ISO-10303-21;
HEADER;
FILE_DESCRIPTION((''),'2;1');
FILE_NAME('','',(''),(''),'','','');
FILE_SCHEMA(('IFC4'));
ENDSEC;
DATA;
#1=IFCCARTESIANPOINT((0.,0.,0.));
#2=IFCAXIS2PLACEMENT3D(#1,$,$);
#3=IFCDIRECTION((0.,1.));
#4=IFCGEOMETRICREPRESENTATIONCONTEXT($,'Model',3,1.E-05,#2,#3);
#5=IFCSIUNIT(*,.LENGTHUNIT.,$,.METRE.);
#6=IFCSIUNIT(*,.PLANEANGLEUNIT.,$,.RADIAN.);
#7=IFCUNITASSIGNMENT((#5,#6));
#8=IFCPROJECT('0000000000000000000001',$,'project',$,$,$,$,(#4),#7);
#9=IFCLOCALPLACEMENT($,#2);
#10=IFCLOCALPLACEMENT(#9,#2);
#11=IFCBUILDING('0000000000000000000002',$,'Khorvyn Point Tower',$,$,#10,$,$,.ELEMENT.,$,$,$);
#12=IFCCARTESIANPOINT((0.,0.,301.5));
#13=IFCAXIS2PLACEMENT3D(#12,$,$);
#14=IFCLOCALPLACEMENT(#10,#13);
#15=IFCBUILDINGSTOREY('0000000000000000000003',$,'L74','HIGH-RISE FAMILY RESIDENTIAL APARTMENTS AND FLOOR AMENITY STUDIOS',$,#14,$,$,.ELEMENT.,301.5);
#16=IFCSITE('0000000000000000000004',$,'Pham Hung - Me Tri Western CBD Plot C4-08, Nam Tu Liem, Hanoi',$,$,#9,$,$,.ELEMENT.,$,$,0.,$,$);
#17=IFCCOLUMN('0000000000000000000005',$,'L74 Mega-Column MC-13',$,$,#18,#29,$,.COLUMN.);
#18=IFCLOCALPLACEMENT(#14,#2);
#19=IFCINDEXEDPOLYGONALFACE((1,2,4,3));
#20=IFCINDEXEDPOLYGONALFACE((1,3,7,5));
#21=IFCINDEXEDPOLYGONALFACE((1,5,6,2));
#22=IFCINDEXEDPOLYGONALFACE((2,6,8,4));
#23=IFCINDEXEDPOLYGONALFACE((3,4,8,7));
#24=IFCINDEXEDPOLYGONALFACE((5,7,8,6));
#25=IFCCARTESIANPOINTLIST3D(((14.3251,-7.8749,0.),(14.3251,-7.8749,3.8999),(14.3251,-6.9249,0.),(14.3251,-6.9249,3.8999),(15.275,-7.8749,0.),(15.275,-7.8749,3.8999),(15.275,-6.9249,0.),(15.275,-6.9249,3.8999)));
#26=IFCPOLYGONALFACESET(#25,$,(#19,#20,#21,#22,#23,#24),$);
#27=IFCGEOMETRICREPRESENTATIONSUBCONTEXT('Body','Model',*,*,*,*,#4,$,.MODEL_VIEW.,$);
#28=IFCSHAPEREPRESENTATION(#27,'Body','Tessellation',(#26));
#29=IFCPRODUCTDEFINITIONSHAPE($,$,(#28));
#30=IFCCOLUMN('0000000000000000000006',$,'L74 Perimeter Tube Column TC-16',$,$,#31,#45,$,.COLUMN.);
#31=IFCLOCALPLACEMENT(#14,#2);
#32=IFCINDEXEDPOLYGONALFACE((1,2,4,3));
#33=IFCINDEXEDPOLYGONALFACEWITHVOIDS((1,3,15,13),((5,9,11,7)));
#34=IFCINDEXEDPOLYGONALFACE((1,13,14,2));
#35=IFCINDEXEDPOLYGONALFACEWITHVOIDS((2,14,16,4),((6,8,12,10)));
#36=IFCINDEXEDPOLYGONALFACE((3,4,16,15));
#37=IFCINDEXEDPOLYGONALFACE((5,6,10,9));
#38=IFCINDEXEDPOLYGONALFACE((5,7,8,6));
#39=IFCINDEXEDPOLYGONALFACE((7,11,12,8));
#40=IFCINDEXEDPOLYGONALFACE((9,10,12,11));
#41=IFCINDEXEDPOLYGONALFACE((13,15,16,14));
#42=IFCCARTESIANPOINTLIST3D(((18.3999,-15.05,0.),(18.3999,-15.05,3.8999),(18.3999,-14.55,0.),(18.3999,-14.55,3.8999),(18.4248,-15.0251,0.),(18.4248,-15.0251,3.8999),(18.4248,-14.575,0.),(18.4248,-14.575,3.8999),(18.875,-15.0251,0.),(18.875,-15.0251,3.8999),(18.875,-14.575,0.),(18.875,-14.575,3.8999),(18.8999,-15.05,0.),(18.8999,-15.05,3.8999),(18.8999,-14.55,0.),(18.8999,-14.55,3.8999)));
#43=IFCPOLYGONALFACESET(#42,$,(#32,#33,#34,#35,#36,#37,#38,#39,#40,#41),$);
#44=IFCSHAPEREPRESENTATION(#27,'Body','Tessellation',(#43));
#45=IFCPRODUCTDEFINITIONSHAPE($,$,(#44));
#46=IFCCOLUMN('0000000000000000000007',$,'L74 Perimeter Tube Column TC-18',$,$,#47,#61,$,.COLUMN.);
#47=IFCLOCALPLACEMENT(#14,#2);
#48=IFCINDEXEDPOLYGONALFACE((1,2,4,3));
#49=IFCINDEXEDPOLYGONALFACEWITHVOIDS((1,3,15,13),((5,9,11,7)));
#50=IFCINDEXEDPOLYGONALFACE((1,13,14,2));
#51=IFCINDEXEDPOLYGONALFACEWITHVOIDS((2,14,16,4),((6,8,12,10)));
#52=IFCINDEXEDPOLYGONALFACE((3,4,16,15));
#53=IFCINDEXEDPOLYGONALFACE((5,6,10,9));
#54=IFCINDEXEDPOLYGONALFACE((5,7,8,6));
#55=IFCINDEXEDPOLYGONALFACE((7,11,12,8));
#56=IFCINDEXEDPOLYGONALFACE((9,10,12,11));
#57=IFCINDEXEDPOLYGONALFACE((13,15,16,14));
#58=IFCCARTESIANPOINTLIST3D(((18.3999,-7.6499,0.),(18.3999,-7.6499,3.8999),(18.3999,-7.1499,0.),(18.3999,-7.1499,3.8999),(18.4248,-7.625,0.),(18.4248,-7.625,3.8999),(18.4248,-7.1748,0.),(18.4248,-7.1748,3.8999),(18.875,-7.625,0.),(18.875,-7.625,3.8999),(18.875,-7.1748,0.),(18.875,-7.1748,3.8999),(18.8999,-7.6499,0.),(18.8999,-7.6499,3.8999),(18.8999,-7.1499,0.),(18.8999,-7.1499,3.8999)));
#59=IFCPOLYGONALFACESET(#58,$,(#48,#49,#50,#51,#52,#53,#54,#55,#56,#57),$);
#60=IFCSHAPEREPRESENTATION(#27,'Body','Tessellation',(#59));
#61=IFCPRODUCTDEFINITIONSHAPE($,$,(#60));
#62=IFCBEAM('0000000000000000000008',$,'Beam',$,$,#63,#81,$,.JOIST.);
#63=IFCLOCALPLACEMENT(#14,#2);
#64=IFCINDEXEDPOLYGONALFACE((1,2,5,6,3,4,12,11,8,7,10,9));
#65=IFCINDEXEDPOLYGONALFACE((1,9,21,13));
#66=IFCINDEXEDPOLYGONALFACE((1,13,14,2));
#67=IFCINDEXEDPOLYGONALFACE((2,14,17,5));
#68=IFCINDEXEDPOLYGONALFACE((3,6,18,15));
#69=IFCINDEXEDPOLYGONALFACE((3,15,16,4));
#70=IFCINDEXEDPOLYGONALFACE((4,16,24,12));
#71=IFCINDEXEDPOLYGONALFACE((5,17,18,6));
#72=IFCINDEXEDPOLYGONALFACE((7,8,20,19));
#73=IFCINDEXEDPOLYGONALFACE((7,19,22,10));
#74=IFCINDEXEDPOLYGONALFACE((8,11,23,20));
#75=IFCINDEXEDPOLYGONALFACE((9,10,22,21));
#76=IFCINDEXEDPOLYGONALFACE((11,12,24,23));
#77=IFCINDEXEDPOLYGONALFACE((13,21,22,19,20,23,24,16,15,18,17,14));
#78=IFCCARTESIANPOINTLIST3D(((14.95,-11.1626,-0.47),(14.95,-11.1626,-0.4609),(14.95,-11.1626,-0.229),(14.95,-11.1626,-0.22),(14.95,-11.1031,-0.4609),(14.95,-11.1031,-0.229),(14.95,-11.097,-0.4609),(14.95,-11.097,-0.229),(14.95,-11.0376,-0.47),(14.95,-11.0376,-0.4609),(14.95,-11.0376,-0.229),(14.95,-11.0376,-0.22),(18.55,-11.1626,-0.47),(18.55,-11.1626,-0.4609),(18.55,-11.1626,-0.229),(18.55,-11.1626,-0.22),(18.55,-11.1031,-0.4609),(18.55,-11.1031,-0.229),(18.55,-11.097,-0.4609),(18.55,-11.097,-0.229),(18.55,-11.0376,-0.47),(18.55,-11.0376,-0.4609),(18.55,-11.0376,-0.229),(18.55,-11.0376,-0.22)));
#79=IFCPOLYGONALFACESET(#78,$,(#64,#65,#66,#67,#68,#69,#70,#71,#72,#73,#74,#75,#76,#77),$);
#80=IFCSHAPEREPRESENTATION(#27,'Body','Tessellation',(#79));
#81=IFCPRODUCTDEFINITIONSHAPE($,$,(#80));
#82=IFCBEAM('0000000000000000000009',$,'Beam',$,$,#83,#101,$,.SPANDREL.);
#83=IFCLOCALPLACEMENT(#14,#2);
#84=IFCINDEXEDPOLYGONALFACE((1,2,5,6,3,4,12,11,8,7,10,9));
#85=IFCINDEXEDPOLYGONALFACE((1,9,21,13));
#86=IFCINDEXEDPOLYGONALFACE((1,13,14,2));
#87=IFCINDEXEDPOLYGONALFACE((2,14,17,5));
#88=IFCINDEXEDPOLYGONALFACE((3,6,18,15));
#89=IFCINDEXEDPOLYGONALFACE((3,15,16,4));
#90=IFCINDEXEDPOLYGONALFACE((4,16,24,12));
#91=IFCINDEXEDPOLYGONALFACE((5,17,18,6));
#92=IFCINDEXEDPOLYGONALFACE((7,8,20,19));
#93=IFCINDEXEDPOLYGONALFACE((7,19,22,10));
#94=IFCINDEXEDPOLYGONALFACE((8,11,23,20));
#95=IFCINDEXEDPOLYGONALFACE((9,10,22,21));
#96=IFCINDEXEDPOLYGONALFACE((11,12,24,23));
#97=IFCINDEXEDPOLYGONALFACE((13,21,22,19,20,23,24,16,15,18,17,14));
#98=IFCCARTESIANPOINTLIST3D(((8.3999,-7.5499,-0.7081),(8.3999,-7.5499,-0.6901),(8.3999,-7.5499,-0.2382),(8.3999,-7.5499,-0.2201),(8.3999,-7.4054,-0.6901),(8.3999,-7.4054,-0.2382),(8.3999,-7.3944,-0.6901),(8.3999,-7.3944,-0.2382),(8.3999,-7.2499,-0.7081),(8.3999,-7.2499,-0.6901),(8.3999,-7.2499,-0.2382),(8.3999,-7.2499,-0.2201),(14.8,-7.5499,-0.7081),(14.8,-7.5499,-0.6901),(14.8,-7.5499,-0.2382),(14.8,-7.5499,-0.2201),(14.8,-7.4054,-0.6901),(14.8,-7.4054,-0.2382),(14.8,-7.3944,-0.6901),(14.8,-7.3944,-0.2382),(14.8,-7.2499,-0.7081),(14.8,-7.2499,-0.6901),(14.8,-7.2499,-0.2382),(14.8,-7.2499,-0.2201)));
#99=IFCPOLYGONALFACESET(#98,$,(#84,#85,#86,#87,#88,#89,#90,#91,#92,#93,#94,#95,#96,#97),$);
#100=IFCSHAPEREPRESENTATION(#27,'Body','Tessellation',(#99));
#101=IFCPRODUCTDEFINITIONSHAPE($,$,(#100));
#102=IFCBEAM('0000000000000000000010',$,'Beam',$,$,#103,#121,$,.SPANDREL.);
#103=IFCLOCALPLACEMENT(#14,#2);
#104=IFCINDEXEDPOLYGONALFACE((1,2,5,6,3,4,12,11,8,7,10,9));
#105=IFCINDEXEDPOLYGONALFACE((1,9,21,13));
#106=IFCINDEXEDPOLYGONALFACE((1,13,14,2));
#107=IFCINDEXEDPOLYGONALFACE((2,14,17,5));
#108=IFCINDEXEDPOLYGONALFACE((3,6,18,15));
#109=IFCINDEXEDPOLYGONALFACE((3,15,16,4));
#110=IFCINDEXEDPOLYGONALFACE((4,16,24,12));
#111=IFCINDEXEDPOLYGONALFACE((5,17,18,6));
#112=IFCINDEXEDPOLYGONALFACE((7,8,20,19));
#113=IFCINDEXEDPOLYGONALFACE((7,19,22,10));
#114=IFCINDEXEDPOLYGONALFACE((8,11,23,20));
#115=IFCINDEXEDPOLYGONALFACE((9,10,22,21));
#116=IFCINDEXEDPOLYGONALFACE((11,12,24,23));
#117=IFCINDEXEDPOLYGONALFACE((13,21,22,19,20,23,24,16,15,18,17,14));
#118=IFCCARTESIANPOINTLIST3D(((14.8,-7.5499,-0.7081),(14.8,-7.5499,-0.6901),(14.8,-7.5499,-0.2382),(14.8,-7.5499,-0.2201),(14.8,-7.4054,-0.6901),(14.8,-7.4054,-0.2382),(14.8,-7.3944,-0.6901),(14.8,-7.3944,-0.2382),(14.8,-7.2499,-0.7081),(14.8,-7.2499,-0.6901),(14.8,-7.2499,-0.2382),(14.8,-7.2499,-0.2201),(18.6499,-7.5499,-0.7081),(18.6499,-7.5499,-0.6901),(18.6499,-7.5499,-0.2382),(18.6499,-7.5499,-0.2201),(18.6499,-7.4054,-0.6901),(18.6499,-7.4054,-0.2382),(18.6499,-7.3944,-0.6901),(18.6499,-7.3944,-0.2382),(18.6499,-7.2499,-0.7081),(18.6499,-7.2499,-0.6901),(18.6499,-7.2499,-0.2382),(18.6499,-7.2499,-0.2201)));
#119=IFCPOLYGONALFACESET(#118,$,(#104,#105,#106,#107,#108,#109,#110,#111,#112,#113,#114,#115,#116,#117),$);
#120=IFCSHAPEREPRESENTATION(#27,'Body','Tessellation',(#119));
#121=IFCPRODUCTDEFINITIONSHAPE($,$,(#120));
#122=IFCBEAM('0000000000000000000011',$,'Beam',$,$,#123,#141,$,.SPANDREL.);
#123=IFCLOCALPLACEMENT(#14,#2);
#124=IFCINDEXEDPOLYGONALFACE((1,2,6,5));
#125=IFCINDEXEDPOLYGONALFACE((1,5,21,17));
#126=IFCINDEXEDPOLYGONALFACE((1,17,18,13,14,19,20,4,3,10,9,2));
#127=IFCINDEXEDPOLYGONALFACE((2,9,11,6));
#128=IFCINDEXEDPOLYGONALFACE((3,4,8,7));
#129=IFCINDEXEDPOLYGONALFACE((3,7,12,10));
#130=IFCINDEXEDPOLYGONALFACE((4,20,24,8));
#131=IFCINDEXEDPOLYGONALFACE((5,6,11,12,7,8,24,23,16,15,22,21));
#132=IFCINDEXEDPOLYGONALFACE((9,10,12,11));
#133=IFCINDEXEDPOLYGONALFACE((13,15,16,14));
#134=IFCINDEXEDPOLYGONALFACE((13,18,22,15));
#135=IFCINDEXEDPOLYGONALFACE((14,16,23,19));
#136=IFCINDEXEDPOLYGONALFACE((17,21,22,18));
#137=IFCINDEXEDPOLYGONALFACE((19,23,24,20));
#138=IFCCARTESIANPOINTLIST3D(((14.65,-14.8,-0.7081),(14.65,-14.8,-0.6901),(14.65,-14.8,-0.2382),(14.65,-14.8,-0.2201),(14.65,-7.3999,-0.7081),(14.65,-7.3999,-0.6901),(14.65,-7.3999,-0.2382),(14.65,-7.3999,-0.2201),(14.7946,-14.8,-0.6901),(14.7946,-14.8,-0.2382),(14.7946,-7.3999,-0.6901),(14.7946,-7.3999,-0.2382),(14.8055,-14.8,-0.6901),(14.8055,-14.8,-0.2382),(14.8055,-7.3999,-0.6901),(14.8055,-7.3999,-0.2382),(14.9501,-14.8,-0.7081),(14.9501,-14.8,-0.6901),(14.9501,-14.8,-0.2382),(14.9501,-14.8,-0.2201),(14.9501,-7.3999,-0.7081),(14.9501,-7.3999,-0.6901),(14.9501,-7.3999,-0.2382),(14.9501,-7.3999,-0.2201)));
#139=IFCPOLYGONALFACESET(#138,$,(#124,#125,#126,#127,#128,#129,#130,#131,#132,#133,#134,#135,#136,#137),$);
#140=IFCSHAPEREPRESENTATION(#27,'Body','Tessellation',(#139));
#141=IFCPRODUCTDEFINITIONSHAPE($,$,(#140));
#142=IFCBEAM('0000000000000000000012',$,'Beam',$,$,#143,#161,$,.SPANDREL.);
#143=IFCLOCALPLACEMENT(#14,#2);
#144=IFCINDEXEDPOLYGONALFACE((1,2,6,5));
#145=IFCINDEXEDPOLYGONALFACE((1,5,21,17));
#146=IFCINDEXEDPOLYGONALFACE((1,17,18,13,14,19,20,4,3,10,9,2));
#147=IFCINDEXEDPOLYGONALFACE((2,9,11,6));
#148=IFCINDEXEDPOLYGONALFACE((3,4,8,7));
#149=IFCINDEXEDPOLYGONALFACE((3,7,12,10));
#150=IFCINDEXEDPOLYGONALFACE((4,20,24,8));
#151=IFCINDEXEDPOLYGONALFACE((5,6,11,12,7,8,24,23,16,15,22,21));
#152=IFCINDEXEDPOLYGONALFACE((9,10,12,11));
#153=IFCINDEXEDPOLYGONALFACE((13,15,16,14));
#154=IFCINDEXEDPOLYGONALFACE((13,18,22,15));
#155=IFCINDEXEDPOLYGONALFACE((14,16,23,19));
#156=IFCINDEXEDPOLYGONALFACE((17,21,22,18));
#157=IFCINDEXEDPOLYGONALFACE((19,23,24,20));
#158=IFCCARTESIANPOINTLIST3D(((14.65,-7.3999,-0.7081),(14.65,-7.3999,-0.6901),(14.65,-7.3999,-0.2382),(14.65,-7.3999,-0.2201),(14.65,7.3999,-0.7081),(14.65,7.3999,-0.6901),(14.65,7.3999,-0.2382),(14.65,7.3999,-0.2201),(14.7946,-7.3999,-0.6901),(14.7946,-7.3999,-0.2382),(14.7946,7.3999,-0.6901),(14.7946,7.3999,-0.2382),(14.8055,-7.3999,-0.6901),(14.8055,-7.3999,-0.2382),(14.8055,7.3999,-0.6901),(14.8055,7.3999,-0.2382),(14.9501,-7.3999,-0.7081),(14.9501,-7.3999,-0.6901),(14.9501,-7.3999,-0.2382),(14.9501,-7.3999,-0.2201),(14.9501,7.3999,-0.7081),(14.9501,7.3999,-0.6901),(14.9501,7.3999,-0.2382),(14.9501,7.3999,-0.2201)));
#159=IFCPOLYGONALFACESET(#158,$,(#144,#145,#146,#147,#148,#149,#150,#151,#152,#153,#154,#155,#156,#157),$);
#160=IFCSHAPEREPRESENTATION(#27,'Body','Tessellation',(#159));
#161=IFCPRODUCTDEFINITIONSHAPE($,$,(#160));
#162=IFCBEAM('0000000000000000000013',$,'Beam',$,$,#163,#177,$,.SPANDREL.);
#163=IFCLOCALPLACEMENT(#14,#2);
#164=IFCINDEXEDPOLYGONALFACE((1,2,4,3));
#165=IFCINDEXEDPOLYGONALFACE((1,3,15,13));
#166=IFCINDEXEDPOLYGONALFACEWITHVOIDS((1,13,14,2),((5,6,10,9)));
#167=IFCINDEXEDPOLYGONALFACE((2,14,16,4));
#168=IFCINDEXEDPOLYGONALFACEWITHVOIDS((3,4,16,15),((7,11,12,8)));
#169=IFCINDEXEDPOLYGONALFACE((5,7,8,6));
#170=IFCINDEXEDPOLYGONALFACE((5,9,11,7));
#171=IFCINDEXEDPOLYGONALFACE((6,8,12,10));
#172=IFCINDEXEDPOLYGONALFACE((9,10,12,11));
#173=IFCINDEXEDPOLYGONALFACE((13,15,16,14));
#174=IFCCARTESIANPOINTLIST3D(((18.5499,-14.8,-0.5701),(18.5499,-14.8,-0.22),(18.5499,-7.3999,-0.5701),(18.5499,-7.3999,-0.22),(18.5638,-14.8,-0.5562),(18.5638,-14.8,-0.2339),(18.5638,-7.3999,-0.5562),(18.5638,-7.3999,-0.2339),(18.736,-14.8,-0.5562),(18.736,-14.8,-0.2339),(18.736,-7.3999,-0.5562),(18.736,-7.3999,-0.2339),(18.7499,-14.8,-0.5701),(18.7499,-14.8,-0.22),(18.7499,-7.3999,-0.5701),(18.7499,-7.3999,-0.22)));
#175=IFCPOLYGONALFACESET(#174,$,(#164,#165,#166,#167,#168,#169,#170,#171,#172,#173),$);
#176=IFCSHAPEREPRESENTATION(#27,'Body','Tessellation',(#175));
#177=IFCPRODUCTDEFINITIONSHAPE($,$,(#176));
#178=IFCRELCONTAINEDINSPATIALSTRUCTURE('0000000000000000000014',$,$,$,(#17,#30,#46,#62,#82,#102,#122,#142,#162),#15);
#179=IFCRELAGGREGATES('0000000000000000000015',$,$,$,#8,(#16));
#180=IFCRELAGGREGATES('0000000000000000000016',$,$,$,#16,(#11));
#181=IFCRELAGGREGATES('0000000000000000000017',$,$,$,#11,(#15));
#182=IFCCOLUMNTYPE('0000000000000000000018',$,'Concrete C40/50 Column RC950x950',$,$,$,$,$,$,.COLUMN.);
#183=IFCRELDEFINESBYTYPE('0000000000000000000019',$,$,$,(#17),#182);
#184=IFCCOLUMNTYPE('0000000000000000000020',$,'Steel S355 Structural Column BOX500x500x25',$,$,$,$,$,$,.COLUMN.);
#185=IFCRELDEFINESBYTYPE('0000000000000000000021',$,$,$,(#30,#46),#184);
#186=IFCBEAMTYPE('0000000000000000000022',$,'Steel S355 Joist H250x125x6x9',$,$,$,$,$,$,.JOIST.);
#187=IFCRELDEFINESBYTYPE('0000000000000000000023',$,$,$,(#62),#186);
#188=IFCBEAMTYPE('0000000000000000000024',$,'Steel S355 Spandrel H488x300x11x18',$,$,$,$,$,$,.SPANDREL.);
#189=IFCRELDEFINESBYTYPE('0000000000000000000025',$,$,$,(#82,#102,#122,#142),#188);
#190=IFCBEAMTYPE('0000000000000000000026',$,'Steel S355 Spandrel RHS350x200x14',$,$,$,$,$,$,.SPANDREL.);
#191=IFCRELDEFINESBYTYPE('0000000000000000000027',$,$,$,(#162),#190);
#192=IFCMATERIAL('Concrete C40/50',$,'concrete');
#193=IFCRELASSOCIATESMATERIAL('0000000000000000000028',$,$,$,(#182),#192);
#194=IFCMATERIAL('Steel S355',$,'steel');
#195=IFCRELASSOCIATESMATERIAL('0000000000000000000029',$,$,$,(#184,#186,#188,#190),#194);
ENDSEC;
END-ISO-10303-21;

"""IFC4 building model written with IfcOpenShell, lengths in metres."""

from ifc_helpers import new_model, si_unit, direction, frame, origin, origin_2d, place, context, subcontext, project, spatial, rectangle, hollow_rectangle, i_section, extrude, material, material_profile, profile_set, type_object, element, save


model = new_model("IFC4")

# Units and contexts
model_context = context("Model", 3, precision=1e-05, world=origin(), true_north=direction((0.0, 1.0)))
body_context = subcontext(model_context, "Body", "Model", "MODEL_VIEW")
ifc_project = project(units=[si_unit("LENGTHUNIT", "METRE"), si_unit("PLANEANGLEUNIT", "RADIAN")], contexts=[model_context])

# Site, building, storey
site_placement = place(None, origin())
site = spatial("IfcSite", under=ifc_project, at=site_placement, Name="Pham Hung - Me Tri Western CBD Plot C4-08, Nam Tu Liem, Hanoi", CompositionType="ELEMENT", RefElevation=0.0)
building_placement = place(site_placement, origin())
building = spatial("IfcBuilding", under=site, at=building_placement, Name="Khorvyn Point Tower", CompositionType="ELEMENT")
storey_placement = place(building_placement, frame((0.0, 0.0, 301.5)))
storey = spatial("IfcBuildingStorey", under=building, at=storey_placement, Name="L74", Description="HIGH-RISE FAMILY RESIDENTIAL APARTMENTS AND FLOOR AMENITY STUDIOS", CompositionType="ELEMENT", Elevation=301.5)

# Columns
ifc_material_1 = material(Name="Concrete C40/50", Category="concrete")
ifc_material_profile_1 = material_profile(ifc_material_1, rectangle(XDim=0.95, YDim=0.95, at=origin_2d()))
ifc_profile_set_1 = profile_set([ifc_material_profile_1], Name="Concrete C40/50 RC950x950")
column_type_1 = type_object("IfcColumnType", Name="Concrete C40/50 Column RC950x950", PredefinedType="COLUMN", material=ifc_profile_set_1)
column_placement = place(storey_placement, frame((14.8, -7.3999, 0.0), z_axis=(0.0, 0.0, 1.0), x_axis=(1.0, 0.0, 0.0)))
element("IfcColumn", 1, at=column_placement, inside=storey, type_object=column_type_1, Name="L74 Mega-Column MC-13", PredefinedType="COLUMN", context=body_context, shape_type="SweptSolid", body=[
    extrude(rectangle(XDim=0.95, YDim=0.95, at=origin_2d()), origin(), (0.0, 0.0, 1.0), 3.8999),
])
ifc_material_2 = material(Name="Steel S355", Category="steel")
ifc_material_profile_2 = material_profile(ifc_material_2, hollow_rectangle(XDim=0.5, YDim=0.5, WallThickness=0.0249, at=origin_2d()))
ifc_profile_set_2 = profile_set([ifc_material_profile_2], Name="Steel S355 BOX500x500x25")
column_type_2 = type_object("IfcColumnType", Name="Steel S355 Structural Column BOX500x500x25", PredefinedType="COLUMN", material=ifc_profile_set_2)
for number, where, z_axis, x_axis, name in (
    (2, (18.6499, -14.8, 0.0), (0.0, 0.0, 1.0), (1.0, 0.0, 0.0), "L74 Perimeter Tube Column TC-16"),
    (3, (18.6499, -7.3999, 0.0), (0.0, 0.0, 1.0), (1.0, 0.0, 0.0), "L74 Perimeter Tube Column TC-18"),
):
    element("IfcColumn", number, at=place(storey_placement, frame(where, z_axis=z_axis, x_axis=x_axis)), inside=storey, type_object=column_type_2, Name=name, PredefinedType="COLUMN", context=body_context, shape_type="SweptSolid", body=[
        extrude(hollow_rectangle(XDim=0.5, YDim=0.5, WallThickness=0.0249, at=origin_2d()), origin(), (0.0, 0.0, 1.0), 3.8999),
    ])

# Beams
ifc_material_profile_3 = material_profile(ifc_material_2, i_section(OverallWidth=0.125, OverallDepth=0.25, WebThickness=0.0061, FlangeThickness=0.009, at=origin_2d()))
ifc_profile_set_3 = profile_set([ifc_material_profile_3], Name="Steel S355 H250x125x6x9")
beam_type_1 = type_object("IfcBeamType", Name="Steel S355 Joist H250x125x6x9", PredefinedType="JOIST", material=ifc_profile_set_3)
beam_1_placement = place(storey_placement, frame((14.95, -11.1001, -0.345), z_axis=(1.0, 0.0, 0.0), x_axis=(0.0, 1.0, 0.0)))
element("IfcBeam", 4, at=beam_1_placement, inside=storey, type_object=beam_type_1, Name="Beam", PredefinedType="JOIST", context=body_context, shape_type="SweptSolid", body=[
    extrude(i_section(OverallWidth=0.125, OverallDepth=0.25, WebThickness=0.0061, FlangeThickness=0.009, at=origin_2d()), origin(), (0.0, 0.0, 1.0), 3.6001),
])
ifc_material_profile_4 = material_profile(ifc_material_2, i_section(OverallWidth=0.3, OverallDepth=0.488, WebThickness=0.011, FlangeThickness=0.0181, at=origin_2d()))
ifc_profile_set_4 = profile_set([ifc_material_profile_4], Name="Steel S355 H488x300x11x18")
beam_type_2 = type_object("IfcBeamType", Name="Steel S355 Spandrel H488x300x11x18", PredefinedType="SPANDREL", material=ifc_profile_set_4)
beam_2_placement = place(storey_placement, frame((8.3999, -7.3999, -0.4641), z_axis=(1.0, 0.0, 0.0), x_axis=(0.0, 1.0, 0.0)))
element("IfcBeam", 5, at=beam_2_placement, inside=storey, type_object=beam_type_2, Name="Beam", PredefinedType="SPANDREL", context=body_context, shape_type="SweptSolid", body=[
    extrude(i_section(OverallWidth=0.3, OverallDepth=0.488, WebThickness=0.011, FlangeThickness=0.0181, at=origin_2d()), origin(), (0.0, 0.0, 1.0), 6.4001),
])
beam_3_placement = place(storey_placement, frame((14.8, -7.3999, -0.4641), z_axis=(1.0, 0.0, 0.0), x_axis=(0.0, 1.0, 0.0)))
element("IfcBeam", 6, at=beam_3_placement, inside=storey, type_object=beam_type_2, Name="Beam", PredefinedType="SPANDREL", context=body_context, shape_type="SweptSolid", body=[
    extrude(i_section(OverallWidth=0.3, OverallDepth=0.488, WebThickness=0.011, FlangeThickness=0.0181, at=origin_2d()), origin(), (0.0, 0.0, 1.0), 3.8499),
])
beam_4_placement = place(storey_placement, frame((14.8, -14.8, -0.4641), z_axis=(0.0, 1.0, 0.0), x_axis=(-1.0, 0.0, 0.0)))
element("IfcBeam", 7, at=beam_4_placement, inside=storey, type_object=beam_type_2, Name="Beam", PredefinedType="SPANDREL", context=body_context, shape_type="SweptSolid", body=[
    extrude(i_section(OverallWidth=0.3, OverallDepth=0.488, WebThickness=0.011, FlangeThickness=0.0181, at=origin_2d()), origin(), (0.0, 0.0, 1.0), 7.4001),
])
beam_5_placement = place(storey_placement, frame((14.8, -7.3999, -0.4641), z_axis=(0.0, 1.0, 0.0), x_axis=(-1.0, 0.0, 0.0)))
element("IfcBeam", 8, at=beam_5_placement, inside=storey, type_object=beam_type_2, Name="Beam", PredefinedType="SPANDREL", context=body_context, shape_type="SweptSolid", body=[
    extrude(i_section(OverallWidth=0.3, OverallDepth=0.488, WebThickness=0.011, FlangeThickness=0.0181, at=origin_2d()), origin(), (0.0, 0.0, 1.0), 14.7998),
])
ifc_material_profile_5 = material_profile(ifc_material_2, hollow_rectangle(XDim=0.2, YDim=0.3501, WallThickness=0.0139, at=origin_2d()))
ifc_profile_set_5 = profile_set([ifc_material_profile_5], Name="Steel S355 RHS350x200x14")
beam_type_3 = type_object("IfcBeamType", Name="Steel S355 Spandrel RHS350x200x14", PredefinedType="SPANDREL", material=ifc_profile_set_5)
beam_6_placement = place(storey_placement, frame((18.6499, -14.8, -0.395), z_axis=(0.0, 1.0, 0.0), x_axis=(-1.0, 0.0, 0.0)))
element("IfcBeam", 9, at=beam_6_placement, inside=storey, type_object=beam_type_3, Name="Beam", PredefinedType="SPANDREL", context=body_context, shape_type="SweptSolid", body=[
    extrude(hollow_rectangle(XDim=0.2, YDim=0.3501, WallThickness=0.0139, at=origin_2d()), origin(), (0.0, 0.0, 1.0), 7.4001),
])

save(model, "model.ifc")
